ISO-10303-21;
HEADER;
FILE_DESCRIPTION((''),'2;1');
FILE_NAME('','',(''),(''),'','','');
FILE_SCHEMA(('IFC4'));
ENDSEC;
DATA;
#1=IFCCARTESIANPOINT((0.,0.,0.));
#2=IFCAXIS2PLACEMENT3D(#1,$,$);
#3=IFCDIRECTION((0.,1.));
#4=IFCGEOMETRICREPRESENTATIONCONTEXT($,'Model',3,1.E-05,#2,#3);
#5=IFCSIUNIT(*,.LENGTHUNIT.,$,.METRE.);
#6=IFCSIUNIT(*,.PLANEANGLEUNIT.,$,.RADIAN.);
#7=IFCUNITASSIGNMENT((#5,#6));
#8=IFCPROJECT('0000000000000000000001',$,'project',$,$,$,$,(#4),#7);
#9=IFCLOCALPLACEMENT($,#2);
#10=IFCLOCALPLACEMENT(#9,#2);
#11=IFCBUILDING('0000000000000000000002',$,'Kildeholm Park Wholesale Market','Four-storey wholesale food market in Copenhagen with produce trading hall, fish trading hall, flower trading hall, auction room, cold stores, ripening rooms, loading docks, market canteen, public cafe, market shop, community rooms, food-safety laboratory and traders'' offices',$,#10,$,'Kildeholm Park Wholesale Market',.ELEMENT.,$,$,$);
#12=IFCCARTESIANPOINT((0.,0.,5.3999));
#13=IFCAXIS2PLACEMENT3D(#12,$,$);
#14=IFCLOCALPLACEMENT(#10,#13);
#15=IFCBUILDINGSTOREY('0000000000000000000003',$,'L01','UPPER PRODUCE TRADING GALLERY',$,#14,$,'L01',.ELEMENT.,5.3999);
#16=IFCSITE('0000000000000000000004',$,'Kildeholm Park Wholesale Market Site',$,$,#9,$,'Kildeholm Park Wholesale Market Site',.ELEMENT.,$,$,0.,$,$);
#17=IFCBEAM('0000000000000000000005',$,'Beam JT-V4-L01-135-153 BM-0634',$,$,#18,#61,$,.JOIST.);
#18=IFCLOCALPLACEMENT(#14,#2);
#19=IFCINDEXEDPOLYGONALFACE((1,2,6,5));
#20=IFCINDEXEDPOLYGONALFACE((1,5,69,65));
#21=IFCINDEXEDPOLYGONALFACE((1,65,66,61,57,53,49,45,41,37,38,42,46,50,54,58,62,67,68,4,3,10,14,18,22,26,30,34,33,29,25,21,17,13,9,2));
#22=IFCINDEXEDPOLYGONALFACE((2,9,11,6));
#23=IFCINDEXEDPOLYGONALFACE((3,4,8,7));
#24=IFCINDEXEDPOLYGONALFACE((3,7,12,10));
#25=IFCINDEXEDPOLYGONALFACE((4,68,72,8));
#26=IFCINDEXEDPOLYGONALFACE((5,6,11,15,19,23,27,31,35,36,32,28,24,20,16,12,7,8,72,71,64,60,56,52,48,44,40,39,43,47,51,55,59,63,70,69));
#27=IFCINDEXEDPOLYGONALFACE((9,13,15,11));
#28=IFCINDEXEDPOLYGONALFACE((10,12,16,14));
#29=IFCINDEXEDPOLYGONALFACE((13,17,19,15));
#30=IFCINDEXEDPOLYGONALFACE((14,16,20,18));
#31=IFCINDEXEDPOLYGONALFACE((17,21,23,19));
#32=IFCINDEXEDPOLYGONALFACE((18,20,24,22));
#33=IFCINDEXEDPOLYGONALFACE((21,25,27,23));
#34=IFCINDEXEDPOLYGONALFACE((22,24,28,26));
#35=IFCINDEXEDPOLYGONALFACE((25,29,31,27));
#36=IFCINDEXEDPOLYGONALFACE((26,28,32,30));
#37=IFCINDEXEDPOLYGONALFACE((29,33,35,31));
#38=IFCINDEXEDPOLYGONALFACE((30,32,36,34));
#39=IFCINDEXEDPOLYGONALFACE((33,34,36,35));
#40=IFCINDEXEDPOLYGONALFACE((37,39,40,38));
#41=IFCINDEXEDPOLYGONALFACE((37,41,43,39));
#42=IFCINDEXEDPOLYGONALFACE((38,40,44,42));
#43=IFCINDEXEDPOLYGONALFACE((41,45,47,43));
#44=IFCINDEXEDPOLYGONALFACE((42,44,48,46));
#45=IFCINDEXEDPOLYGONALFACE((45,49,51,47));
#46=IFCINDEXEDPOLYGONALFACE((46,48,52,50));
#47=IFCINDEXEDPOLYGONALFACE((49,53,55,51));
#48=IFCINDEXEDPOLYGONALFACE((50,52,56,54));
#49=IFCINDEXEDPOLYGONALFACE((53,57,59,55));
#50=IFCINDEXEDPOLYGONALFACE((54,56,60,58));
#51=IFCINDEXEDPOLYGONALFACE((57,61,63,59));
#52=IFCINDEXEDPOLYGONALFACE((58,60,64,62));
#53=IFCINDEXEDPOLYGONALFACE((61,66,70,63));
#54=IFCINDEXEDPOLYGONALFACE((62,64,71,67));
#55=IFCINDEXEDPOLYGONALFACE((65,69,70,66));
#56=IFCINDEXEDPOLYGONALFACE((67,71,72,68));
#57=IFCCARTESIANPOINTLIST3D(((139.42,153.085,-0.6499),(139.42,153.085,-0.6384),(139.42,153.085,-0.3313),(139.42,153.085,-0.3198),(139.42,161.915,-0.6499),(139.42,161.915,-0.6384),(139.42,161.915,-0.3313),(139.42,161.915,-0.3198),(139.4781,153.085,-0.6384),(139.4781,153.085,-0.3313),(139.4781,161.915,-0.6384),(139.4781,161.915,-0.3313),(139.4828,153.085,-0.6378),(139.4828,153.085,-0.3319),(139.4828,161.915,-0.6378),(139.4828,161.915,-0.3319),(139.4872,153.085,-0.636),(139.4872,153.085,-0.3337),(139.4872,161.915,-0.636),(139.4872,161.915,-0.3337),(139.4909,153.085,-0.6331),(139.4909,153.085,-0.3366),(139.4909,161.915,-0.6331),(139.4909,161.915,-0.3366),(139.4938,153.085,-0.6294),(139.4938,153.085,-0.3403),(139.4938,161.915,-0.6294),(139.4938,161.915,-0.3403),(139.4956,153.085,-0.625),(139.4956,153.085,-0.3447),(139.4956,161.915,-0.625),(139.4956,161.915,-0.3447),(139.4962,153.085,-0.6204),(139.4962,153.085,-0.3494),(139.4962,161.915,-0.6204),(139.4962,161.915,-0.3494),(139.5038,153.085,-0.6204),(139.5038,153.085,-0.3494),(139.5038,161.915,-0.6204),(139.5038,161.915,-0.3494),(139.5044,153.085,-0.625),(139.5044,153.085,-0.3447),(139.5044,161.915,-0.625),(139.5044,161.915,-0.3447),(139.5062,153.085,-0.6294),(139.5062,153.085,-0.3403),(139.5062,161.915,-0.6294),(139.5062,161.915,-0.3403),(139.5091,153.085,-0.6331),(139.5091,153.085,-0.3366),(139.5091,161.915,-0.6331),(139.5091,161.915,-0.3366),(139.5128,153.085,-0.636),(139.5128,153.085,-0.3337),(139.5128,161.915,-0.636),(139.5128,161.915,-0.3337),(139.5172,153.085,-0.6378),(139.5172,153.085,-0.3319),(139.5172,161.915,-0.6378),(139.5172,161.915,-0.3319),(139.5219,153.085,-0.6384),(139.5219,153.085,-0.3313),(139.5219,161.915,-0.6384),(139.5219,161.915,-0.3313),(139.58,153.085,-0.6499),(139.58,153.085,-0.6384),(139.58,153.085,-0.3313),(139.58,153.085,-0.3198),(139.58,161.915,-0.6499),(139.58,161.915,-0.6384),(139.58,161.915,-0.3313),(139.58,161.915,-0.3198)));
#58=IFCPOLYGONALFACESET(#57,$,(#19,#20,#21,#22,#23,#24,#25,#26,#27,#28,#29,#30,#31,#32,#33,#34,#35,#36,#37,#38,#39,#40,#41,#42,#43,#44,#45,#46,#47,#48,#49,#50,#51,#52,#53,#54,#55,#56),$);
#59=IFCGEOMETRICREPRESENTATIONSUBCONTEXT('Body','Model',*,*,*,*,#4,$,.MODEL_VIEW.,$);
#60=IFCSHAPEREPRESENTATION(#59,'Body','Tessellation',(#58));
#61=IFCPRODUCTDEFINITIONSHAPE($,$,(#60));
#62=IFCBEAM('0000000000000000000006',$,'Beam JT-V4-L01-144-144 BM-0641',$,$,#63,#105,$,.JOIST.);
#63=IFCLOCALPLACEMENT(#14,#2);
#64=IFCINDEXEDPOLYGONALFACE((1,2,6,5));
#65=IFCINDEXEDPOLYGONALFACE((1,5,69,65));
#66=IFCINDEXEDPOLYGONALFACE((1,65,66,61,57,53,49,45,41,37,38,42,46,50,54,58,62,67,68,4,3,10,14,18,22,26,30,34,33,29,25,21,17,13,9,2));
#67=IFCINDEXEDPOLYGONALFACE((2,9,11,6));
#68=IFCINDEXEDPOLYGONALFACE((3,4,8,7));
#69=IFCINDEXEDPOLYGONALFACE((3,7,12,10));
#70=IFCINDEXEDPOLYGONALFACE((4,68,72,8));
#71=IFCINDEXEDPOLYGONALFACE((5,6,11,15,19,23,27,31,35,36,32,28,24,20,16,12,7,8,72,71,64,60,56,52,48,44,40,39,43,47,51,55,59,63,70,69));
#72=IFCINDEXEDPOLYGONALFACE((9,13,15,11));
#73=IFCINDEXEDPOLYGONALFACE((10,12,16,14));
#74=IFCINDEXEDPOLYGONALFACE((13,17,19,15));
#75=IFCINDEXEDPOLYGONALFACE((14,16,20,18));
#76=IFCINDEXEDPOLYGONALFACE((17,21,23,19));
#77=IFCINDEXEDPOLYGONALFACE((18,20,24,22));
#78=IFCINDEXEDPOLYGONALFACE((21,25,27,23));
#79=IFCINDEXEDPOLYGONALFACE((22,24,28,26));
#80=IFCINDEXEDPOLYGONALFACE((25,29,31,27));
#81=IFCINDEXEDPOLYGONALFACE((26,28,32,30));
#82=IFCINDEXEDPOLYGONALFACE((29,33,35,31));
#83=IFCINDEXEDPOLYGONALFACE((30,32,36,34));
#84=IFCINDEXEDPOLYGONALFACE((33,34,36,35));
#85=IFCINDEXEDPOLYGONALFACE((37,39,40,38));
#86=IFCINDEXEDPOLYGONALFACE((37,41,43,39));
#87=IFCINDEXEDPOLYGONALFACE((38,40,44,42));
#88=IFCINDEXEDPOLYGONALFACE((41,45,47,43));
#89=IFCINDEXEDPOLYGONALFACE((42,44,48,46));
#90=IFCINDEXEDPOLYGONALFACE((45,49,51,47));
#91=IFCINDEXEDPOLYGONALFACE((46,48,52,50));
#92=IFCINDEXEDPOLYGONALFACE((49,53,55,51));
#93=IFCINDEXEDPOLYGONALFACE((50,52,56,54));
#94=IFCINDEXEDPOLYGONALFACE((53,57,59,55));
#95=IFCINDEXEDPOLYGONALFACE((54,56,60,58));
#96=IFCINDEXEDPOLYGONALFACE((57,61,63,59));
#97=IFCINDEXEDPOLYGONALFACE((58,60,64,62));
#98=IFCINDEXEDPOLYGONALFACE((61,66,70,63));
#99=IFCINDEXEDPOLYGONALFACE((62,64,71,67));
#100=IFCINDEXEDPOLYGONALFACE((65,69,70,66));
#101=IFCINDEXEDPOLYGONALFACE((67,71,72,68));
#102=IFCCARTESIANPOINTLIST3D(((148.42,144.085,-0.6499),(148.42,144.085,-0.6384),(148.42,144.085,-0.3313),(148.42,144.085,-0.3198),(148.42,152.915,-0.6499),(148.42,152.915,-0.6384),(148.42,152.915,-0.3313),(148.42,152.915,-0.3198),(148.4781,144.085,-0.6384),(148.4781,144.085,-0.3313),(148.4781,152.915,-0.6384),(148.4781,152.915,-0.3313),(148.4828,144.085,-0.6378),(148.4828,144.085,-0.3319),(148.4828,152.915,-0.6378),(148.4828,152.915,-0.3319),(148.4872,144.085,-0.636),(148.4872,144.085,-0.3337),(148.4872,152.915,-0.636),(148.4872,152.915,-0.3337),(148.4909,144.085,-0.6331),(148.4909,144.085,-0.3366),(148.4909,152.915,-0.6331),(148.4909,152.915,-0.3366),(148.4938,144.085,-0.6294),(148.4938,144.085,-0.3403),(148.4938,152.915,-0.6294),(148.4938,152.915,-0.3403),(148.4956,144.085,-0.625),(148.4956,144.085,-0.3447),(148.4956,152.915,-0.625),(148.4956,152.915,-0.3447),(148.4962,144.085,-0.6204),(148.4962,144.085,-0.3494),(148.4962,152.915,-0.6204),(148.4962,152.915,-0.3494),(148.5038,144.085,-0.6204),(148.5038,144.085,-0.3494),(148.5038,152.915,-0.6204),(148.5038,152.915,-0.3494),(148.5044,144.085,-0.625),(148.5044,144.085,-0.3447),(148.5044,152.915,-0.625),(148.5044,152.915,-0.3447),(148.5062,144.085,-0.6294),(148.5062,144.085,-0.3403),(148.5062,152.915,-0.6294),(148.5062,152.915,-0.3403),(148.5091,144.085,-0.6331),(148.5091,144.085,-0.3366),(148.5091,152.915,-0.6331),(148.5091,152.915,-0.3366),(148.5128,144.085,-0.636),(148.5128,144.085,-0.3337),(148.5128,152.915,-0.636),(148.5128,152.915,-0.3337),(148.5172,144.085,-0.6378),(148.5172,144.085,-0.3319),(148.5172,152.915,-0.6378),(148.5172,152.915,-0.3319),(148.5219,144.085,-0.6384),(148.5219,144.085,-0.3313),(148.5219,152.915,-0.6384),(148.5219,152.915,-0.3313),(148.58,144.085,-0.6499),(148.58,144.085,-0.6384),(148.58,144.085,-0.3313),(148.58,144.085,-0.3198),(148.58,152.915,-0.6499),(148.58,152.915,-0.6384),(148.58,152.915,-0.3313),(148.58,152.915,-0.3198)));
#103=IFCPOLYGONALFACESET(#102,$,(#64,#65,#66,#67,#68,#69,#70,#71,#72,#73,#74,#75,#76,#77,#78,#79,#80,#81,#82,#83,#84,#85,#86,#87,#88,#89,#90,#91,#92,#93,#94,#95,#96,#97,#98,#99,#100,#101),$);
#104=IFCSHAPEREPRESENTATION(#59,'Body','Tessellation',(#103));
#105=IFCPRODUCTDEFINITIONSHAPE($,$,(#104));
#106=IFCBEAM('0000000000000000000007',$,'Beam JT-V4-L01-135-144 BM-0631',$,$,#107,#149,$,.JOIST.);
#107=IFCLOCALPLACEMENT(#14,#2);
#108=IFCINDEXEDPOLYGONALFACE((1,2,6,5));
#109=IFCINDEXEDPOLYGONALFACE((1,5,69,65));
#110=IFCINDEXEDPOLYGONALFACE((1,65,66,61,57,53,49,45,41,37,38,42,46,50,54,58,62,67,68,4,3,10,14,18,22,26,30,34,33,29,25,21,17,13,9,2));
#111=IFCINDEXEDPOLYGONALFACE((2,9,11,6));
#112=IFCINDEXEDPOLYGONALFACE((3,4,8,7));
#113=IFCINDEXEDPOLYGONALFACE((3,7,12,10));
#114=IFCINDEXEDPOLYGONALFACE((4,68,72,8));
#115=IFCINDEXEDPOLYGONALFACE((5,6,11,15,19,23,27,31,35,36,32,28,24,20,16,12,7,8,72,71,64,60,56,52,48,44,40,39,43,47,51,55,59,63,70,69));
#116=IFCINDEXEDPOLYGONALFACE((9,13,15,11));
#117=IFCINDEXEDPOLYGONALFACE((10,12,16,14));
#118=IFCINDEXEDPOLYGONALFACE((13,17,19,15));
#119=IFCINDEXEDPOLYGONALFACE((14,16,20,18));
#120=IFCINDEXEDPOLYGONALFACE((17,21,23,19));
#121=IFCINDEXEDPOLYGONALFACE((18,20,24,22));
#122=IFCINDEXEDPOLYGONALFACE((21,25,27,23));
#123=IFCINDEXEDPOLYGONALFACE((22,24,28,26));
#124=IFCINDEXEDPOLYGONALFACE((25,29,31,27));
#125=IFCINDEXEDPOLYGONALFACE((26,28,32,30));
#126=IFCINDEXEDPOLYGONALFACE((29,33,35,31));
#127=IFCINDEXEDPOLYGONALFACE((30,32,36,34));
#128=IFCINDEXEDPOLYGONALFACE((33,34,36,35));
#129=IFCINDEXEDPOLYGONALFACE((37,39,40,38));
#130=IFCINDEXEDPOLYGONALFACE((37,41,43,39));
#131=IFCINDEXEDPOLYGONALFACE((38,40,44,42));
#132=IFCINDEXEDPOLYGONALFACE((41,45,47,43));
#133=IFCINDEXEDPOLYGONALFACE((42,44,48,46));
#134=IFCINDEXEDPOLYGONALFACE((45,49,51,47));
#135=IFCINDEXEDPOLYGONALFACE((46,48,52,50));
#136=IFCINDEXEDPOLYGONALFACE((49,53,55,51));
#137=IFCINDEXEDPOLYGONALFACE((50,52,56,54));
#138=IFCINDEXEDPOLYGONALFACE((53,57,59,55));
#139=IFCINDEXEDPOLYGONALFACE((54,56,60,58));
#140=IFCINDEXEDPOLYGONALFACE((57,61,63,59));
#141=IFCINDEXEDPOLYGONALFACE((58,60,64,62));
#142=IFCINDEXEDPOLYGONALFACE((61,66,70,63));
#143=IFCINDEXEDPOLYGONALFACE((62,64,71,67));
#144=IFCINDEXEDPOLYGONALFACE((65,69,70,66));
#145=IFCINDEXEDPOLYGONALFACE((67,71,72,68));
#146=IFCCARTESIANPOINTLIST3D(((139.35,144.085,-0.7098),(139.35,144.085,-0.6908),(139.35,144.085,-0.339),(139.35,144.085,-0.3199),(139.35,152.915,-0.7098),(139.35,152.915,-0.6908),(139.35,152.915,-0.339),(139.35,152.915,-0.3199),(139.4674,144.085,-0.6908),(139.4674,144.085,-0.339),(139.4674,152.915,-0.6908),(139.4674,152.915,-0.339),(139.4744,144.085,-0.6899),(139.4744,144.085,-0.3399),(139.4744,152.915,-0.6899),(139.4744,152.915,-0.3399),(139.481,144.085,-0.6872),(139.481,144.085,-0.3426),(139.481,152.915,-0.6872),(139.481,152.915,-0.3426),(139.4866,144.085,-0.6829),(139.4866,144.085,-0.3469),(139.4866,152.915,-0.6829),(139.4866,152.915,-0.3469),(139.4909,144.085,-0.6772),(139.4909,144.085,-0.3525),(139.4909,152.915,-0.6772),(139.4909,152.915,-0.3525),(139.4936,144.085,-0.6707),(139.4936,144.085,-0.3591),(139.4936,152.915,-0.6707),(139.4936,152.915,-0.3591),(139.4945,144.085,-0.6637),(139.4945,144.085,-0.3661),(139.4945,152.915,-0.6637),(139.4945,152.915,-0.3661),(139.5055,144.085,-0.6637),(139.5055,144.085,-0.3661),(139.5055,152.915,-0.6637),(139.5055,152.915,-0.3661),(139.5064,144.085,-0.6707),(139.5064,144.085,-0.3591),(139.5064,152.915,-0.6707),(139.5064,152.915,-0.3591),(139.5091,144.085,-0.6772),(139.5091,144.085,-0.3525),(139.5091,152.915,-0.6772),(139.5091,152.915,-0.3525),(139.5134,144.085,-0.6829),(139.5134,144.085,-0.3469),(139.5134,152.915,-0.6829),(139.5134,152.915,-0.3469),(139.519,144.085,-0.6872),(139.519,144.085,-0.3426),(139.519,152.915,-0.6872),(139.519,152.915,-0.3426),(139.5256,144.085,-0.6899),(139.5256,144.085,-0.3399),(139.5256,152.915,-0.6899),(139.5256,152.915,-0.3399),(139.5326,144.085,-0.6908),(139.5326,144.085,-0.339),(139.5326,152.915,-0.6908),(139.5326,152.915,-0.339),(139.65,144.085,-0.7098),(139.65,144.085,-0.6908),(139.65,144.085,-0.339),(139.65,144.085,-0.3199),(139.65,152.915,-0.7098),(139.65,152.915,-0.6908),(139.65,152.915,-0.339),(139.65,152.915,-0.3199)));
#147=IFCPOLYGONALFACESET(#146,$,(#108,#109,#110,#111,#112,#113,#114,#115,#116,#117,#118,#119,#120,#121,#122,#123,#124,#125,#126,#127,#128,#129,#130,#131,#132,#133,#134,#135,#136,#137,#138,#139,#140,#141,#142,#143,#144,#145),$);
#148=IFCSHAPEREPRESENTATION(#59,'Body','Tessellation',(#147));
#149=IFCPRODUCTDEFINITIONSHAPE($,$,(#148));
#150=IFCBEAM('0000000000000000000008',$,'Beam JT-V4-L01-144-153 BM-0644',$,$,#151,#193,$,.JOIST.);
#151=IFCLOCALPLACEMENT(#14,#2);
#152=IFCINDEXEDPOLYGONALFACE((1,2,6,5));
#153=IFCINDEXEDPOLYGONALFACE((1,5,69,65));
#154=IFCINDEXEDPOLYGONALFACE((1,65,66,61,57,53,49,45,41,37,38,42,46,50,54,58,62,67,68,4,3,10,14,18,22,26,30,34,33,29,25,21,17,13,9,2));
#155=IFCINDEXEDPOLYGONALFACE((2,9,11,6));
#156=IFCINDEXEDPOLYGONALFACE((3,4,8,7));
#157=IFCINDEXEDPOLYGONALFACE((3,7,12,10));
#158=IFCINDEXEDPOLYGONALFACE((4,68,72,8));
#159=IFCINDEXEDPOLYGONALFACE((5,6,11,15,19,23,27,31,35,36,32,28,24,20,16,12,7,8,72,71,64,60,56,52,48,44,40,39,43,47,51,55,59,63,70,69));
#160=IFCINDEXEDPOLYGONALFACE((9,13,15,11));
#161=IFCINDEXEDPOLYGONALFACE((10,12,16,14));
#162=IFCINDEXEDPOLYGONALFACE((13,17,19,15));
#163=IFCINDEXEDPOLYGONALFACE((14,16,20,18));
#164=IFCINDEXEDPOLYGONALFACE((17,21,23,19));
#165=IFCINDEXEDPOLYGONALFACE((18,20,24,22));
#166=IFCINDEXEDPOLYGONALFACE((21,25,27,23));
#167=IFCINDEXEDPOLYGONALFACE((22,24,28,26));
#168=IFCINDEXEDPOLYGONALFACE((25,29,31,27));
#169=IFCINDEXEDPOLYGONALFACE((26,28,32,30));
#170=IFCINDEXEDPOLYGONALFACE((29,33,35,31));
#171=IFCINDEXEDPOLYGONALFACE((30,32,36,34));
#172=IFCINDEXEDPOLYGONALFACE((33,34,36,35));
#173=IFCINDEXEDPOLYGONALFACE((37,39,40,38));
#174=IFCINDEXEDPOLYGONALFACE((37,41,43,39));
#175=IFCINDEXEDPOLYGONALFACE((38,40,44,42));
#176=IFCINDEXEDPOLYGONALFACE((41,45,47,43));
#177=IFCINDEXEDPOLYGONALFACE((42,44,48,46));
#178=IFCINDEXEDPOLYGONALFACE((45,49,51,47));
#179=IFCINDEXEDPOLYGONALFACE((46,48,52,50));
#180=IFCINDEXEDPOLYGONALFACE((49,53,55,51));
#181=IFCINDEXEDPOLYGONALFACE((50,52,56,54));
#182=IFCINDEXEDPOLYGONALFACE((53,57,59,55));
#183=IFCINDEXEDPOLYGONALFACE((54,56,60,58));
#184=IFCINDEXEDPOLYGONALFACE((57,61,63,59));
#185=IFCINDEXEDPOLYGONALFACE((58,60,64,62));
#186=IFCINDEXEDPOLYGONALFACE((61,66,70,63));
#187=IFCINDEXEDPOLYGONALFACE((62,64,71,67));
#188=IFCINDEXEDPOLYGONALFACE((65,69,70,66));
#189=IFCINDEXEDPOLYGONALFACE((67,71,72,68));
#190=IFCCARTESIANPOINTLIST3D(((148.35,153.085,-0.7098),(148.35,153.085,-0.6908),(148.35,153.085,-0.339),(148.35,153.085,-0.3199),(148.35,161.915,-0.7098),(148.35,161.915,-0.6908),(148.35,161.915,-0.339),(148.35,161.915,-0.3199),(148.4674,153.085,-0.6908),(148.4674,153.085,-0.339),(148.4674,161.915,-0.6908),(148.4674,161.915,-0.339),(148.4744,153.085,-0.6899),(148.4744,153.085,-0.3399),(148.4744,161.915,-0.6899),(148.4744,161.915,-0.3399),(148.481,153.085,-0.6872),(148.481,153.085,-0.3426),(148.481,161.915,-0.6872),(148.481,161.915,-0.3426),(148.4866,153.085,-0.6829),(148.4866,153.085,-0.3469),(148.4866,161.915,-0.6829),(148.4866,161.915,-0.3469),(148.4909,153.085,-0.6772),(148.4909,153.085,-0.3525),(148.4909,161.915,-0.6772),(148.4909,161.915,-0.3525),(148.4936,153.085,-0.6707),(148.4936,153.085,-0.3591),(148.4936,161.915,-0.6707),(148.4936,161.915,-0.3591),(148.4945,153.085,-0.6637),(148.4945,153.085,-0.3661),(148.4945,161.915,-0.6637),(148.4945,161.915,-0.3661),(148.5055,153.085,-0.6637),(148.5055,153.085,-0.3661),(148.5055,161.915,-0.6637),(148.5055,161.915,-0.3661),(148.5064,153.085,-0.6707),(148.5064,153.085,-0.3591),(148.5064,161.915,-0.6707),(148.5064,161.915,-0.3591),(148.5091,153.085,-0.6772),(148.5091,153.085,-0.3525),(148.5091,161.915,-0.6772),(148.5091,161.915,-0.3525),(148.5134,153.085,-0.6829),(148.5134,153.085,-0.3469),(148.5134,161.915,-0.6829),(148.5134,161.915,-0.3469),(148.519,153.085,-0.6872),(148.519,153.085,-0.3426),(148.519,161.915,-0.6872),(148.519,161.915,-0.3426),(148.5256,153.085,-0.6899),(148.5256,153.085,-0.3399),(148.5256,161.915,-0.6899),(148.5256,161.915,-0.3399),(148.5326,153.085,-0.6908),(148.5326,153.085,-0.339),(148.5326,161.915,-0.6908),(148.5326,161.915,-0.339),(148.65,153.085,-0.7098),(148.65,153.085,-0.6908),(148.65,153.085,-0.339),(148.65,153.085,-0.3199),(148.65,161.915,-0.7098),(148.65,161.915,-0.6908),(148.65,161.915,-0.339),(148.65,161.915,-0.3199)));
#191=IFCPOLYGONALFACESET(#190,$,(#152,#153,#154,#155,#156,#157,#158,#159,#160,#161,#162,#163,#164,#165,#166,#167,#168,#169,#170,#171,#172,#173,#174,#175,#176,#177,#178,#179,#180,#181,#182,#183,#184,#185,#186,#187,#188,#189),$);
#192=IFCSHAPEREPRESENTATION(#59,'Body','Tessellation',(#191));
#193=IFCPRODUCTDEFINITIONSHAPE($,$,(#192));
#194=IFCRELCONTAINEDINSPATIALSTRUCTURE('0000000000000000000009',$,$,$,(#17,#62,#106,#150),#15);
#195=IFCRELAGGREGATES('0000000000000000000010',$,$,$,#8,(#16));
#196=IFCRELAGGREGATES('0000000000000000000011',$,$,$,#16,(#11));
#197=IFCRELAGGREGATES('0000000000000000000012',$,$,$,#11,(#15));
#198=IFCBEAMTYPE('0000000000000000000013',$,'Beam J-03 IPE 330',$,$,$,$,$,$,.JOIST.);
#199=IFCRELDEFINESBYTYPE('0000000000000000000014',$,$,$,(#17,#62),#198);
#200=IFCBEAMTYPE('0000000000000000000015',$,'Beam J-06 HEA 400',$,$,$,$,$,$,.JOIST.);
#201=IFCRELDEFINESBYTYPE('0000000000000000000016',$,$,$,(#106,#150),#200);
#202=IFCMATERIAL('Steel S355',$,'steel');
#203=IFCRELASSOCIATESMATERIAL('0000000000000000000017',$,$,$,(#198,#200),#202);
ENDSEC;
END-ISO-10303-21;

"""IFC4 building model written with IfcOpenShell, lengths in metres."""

from ifc_helpers import new_model, si_unit, direction, frame, origin, origin_2d, place, context, subcontext, project, spatial, i_section, extrude, material, material_profile, profile_set, type_object, element, save


model = new_model("IFC4")

# Units and contexts
model_context = context("Model", 3, precision=1e-05, world=origin(), true_north=direction((0.0, 1.0)))
body_context = subcontext(model_context, "Body", "Model", "MODEL_VIEW")
ifc_project = project(units=[si_unit("LENGTHUNIT", "METRE"), si_unit("PLANEANGLEUNIT", "RADIAN")], contexts=[model_context])

# Site, building, storey
site_placement = place(None, origin())
site = spatial("IfcSite", under=ifc_project, at=site_placement, Name="Kildeholm Park Wholesale Market Site", LongName="Kildeholm Park Wholesale Market Site", CompositionType="ELEMENT", RefElevation=0.0)
building_placement = place(site_placement, origin())
building = spatial("IfcBuilding", under=site, at=building_placement, Name="Kildeholm Park Wholesale Market", Description="Four-storey wholesale food market in Copenhagen with produce trading hall, fish trading hall, flower trading hall, auction room, cold stores, ripening rooms, loading docks, market canteen, public cafe, market shop, community rooms, food-safety laboratory and traders' offices", LongName="Kildeholm Park Wholesale Market", CompositionType="ELEMENT")
storey_placement = place(building_placement, frame((0.0, 0.0, 5.3999)))
storey = spatial("IfcBuildingStorey", under=building, at=storey_placement, Name="L01", Description="UPPER PRODUCE TRADING GALLERY", LongName="L01", CompositionType="ELEMENT", Elevation=5.3999)

# Beams
ifc_material_1 = material(Name="Steel S355", Category="steel")
ifc_material_profile_1 = material_profile(ifc_material_1, i_section(OverallWidth=0.1599, OverallDepth=0.3301, WebThickness=0.0076, FlangeThickness=0.0115, FilletRadius=0.0181, at=origin_2d()), Name="IPE 330")
ifc_profile_set_1 = profile_set([ifc_material_profile_1], Name="Steel S355")
beam_type_1 = type_object("IfcBeamType", Name="Beam J-03 IPE 330", PredefinedType="JOIST", material=ifc_profile_set_1)
for number, where, z_axis, x_axis, name in (
    (1, (139.5, 153.085, -0.4849), (0.0, 1.0, 0.0), (-1.0, 0.0, 0.0), "Beam JT-V4-L01-135-153 BM-0634"),
    (2, (148.5, 144.085, -0.4849), (0.0, 1.0, 0.0), (-1.0, 0.0, 0.0), "Beam JT-V4-L01-144-144 BM-0641"),
):
    element("IfcBeam", number, at=place(storey_placement, frame(where, z_axis=z_axis, x_axis=x_axis)), inside=storey, type_object=beam_type_1, Name=name, PredefinedType="JOIST", context=body_context, shape_type="SweptSolid", body=[
        extrude(i_section(OverallWidth=0.1599, OverallDepth=0.3301, WebThickness=0.0076, FlangeThickness=0.0115, FilletRadius=0.0181, at=origin_2d()), origin(), (0.0, 0.0, 1.0), 8.8301),
    ])
ifc_material_profile_2 = material_profile(ifc_material_1, i_section(OverallWidth=0.3, OverallDepth=0.3899, WebThickness=0.011, FlangeThickness=0.019, FilletRadius=0.0271, at=origin_2d()), Name="HEA 400")
ifc_profile_set_2 = profile_set([ifc_material_profile_2], Name="Steel S355")
beam_type_2 = type_object("IfcBeamType", Name="Beam J-06 HEA 400", PredefinedType="JOIST", material=ifc_profile_set_2)
for number, where, z_axis, x_axis, name in (
    (3, (139.5, 144.085, -0.5149), (0.0, 1.0, 0.0), (-1.0, 0.0, 0.0), "Beam JT-V4-L01-135-144 BM-0631"),
    (4, (148.5, 153.085, -0.5149), (0.0, 1.0, 0.0), (-1.0, 0.0, 0.0), "Beam JT-V4-L01-144-153 BM-0644"),
):
    element("IfcBeam", number, at=place(storey_placement, frame(where, z_axis=z_axis, x_axis=x_axis)), inside=storey, type_object=beam_type_2, Name=name, PredefinedType="JOIST", context=body_context, shape_type="SweptSolid", body=[
        extrude(i_section(OverallWidth=0.3, OverallDepth=0.3899, WebThickness=0.011, FlangeThickness=0.019, FilletRadius=0.0271, at=origin_2d()), origin(), (0.0, 0.0, 1.0), 8.8301),
    ])

save(model, "model.ifc")
